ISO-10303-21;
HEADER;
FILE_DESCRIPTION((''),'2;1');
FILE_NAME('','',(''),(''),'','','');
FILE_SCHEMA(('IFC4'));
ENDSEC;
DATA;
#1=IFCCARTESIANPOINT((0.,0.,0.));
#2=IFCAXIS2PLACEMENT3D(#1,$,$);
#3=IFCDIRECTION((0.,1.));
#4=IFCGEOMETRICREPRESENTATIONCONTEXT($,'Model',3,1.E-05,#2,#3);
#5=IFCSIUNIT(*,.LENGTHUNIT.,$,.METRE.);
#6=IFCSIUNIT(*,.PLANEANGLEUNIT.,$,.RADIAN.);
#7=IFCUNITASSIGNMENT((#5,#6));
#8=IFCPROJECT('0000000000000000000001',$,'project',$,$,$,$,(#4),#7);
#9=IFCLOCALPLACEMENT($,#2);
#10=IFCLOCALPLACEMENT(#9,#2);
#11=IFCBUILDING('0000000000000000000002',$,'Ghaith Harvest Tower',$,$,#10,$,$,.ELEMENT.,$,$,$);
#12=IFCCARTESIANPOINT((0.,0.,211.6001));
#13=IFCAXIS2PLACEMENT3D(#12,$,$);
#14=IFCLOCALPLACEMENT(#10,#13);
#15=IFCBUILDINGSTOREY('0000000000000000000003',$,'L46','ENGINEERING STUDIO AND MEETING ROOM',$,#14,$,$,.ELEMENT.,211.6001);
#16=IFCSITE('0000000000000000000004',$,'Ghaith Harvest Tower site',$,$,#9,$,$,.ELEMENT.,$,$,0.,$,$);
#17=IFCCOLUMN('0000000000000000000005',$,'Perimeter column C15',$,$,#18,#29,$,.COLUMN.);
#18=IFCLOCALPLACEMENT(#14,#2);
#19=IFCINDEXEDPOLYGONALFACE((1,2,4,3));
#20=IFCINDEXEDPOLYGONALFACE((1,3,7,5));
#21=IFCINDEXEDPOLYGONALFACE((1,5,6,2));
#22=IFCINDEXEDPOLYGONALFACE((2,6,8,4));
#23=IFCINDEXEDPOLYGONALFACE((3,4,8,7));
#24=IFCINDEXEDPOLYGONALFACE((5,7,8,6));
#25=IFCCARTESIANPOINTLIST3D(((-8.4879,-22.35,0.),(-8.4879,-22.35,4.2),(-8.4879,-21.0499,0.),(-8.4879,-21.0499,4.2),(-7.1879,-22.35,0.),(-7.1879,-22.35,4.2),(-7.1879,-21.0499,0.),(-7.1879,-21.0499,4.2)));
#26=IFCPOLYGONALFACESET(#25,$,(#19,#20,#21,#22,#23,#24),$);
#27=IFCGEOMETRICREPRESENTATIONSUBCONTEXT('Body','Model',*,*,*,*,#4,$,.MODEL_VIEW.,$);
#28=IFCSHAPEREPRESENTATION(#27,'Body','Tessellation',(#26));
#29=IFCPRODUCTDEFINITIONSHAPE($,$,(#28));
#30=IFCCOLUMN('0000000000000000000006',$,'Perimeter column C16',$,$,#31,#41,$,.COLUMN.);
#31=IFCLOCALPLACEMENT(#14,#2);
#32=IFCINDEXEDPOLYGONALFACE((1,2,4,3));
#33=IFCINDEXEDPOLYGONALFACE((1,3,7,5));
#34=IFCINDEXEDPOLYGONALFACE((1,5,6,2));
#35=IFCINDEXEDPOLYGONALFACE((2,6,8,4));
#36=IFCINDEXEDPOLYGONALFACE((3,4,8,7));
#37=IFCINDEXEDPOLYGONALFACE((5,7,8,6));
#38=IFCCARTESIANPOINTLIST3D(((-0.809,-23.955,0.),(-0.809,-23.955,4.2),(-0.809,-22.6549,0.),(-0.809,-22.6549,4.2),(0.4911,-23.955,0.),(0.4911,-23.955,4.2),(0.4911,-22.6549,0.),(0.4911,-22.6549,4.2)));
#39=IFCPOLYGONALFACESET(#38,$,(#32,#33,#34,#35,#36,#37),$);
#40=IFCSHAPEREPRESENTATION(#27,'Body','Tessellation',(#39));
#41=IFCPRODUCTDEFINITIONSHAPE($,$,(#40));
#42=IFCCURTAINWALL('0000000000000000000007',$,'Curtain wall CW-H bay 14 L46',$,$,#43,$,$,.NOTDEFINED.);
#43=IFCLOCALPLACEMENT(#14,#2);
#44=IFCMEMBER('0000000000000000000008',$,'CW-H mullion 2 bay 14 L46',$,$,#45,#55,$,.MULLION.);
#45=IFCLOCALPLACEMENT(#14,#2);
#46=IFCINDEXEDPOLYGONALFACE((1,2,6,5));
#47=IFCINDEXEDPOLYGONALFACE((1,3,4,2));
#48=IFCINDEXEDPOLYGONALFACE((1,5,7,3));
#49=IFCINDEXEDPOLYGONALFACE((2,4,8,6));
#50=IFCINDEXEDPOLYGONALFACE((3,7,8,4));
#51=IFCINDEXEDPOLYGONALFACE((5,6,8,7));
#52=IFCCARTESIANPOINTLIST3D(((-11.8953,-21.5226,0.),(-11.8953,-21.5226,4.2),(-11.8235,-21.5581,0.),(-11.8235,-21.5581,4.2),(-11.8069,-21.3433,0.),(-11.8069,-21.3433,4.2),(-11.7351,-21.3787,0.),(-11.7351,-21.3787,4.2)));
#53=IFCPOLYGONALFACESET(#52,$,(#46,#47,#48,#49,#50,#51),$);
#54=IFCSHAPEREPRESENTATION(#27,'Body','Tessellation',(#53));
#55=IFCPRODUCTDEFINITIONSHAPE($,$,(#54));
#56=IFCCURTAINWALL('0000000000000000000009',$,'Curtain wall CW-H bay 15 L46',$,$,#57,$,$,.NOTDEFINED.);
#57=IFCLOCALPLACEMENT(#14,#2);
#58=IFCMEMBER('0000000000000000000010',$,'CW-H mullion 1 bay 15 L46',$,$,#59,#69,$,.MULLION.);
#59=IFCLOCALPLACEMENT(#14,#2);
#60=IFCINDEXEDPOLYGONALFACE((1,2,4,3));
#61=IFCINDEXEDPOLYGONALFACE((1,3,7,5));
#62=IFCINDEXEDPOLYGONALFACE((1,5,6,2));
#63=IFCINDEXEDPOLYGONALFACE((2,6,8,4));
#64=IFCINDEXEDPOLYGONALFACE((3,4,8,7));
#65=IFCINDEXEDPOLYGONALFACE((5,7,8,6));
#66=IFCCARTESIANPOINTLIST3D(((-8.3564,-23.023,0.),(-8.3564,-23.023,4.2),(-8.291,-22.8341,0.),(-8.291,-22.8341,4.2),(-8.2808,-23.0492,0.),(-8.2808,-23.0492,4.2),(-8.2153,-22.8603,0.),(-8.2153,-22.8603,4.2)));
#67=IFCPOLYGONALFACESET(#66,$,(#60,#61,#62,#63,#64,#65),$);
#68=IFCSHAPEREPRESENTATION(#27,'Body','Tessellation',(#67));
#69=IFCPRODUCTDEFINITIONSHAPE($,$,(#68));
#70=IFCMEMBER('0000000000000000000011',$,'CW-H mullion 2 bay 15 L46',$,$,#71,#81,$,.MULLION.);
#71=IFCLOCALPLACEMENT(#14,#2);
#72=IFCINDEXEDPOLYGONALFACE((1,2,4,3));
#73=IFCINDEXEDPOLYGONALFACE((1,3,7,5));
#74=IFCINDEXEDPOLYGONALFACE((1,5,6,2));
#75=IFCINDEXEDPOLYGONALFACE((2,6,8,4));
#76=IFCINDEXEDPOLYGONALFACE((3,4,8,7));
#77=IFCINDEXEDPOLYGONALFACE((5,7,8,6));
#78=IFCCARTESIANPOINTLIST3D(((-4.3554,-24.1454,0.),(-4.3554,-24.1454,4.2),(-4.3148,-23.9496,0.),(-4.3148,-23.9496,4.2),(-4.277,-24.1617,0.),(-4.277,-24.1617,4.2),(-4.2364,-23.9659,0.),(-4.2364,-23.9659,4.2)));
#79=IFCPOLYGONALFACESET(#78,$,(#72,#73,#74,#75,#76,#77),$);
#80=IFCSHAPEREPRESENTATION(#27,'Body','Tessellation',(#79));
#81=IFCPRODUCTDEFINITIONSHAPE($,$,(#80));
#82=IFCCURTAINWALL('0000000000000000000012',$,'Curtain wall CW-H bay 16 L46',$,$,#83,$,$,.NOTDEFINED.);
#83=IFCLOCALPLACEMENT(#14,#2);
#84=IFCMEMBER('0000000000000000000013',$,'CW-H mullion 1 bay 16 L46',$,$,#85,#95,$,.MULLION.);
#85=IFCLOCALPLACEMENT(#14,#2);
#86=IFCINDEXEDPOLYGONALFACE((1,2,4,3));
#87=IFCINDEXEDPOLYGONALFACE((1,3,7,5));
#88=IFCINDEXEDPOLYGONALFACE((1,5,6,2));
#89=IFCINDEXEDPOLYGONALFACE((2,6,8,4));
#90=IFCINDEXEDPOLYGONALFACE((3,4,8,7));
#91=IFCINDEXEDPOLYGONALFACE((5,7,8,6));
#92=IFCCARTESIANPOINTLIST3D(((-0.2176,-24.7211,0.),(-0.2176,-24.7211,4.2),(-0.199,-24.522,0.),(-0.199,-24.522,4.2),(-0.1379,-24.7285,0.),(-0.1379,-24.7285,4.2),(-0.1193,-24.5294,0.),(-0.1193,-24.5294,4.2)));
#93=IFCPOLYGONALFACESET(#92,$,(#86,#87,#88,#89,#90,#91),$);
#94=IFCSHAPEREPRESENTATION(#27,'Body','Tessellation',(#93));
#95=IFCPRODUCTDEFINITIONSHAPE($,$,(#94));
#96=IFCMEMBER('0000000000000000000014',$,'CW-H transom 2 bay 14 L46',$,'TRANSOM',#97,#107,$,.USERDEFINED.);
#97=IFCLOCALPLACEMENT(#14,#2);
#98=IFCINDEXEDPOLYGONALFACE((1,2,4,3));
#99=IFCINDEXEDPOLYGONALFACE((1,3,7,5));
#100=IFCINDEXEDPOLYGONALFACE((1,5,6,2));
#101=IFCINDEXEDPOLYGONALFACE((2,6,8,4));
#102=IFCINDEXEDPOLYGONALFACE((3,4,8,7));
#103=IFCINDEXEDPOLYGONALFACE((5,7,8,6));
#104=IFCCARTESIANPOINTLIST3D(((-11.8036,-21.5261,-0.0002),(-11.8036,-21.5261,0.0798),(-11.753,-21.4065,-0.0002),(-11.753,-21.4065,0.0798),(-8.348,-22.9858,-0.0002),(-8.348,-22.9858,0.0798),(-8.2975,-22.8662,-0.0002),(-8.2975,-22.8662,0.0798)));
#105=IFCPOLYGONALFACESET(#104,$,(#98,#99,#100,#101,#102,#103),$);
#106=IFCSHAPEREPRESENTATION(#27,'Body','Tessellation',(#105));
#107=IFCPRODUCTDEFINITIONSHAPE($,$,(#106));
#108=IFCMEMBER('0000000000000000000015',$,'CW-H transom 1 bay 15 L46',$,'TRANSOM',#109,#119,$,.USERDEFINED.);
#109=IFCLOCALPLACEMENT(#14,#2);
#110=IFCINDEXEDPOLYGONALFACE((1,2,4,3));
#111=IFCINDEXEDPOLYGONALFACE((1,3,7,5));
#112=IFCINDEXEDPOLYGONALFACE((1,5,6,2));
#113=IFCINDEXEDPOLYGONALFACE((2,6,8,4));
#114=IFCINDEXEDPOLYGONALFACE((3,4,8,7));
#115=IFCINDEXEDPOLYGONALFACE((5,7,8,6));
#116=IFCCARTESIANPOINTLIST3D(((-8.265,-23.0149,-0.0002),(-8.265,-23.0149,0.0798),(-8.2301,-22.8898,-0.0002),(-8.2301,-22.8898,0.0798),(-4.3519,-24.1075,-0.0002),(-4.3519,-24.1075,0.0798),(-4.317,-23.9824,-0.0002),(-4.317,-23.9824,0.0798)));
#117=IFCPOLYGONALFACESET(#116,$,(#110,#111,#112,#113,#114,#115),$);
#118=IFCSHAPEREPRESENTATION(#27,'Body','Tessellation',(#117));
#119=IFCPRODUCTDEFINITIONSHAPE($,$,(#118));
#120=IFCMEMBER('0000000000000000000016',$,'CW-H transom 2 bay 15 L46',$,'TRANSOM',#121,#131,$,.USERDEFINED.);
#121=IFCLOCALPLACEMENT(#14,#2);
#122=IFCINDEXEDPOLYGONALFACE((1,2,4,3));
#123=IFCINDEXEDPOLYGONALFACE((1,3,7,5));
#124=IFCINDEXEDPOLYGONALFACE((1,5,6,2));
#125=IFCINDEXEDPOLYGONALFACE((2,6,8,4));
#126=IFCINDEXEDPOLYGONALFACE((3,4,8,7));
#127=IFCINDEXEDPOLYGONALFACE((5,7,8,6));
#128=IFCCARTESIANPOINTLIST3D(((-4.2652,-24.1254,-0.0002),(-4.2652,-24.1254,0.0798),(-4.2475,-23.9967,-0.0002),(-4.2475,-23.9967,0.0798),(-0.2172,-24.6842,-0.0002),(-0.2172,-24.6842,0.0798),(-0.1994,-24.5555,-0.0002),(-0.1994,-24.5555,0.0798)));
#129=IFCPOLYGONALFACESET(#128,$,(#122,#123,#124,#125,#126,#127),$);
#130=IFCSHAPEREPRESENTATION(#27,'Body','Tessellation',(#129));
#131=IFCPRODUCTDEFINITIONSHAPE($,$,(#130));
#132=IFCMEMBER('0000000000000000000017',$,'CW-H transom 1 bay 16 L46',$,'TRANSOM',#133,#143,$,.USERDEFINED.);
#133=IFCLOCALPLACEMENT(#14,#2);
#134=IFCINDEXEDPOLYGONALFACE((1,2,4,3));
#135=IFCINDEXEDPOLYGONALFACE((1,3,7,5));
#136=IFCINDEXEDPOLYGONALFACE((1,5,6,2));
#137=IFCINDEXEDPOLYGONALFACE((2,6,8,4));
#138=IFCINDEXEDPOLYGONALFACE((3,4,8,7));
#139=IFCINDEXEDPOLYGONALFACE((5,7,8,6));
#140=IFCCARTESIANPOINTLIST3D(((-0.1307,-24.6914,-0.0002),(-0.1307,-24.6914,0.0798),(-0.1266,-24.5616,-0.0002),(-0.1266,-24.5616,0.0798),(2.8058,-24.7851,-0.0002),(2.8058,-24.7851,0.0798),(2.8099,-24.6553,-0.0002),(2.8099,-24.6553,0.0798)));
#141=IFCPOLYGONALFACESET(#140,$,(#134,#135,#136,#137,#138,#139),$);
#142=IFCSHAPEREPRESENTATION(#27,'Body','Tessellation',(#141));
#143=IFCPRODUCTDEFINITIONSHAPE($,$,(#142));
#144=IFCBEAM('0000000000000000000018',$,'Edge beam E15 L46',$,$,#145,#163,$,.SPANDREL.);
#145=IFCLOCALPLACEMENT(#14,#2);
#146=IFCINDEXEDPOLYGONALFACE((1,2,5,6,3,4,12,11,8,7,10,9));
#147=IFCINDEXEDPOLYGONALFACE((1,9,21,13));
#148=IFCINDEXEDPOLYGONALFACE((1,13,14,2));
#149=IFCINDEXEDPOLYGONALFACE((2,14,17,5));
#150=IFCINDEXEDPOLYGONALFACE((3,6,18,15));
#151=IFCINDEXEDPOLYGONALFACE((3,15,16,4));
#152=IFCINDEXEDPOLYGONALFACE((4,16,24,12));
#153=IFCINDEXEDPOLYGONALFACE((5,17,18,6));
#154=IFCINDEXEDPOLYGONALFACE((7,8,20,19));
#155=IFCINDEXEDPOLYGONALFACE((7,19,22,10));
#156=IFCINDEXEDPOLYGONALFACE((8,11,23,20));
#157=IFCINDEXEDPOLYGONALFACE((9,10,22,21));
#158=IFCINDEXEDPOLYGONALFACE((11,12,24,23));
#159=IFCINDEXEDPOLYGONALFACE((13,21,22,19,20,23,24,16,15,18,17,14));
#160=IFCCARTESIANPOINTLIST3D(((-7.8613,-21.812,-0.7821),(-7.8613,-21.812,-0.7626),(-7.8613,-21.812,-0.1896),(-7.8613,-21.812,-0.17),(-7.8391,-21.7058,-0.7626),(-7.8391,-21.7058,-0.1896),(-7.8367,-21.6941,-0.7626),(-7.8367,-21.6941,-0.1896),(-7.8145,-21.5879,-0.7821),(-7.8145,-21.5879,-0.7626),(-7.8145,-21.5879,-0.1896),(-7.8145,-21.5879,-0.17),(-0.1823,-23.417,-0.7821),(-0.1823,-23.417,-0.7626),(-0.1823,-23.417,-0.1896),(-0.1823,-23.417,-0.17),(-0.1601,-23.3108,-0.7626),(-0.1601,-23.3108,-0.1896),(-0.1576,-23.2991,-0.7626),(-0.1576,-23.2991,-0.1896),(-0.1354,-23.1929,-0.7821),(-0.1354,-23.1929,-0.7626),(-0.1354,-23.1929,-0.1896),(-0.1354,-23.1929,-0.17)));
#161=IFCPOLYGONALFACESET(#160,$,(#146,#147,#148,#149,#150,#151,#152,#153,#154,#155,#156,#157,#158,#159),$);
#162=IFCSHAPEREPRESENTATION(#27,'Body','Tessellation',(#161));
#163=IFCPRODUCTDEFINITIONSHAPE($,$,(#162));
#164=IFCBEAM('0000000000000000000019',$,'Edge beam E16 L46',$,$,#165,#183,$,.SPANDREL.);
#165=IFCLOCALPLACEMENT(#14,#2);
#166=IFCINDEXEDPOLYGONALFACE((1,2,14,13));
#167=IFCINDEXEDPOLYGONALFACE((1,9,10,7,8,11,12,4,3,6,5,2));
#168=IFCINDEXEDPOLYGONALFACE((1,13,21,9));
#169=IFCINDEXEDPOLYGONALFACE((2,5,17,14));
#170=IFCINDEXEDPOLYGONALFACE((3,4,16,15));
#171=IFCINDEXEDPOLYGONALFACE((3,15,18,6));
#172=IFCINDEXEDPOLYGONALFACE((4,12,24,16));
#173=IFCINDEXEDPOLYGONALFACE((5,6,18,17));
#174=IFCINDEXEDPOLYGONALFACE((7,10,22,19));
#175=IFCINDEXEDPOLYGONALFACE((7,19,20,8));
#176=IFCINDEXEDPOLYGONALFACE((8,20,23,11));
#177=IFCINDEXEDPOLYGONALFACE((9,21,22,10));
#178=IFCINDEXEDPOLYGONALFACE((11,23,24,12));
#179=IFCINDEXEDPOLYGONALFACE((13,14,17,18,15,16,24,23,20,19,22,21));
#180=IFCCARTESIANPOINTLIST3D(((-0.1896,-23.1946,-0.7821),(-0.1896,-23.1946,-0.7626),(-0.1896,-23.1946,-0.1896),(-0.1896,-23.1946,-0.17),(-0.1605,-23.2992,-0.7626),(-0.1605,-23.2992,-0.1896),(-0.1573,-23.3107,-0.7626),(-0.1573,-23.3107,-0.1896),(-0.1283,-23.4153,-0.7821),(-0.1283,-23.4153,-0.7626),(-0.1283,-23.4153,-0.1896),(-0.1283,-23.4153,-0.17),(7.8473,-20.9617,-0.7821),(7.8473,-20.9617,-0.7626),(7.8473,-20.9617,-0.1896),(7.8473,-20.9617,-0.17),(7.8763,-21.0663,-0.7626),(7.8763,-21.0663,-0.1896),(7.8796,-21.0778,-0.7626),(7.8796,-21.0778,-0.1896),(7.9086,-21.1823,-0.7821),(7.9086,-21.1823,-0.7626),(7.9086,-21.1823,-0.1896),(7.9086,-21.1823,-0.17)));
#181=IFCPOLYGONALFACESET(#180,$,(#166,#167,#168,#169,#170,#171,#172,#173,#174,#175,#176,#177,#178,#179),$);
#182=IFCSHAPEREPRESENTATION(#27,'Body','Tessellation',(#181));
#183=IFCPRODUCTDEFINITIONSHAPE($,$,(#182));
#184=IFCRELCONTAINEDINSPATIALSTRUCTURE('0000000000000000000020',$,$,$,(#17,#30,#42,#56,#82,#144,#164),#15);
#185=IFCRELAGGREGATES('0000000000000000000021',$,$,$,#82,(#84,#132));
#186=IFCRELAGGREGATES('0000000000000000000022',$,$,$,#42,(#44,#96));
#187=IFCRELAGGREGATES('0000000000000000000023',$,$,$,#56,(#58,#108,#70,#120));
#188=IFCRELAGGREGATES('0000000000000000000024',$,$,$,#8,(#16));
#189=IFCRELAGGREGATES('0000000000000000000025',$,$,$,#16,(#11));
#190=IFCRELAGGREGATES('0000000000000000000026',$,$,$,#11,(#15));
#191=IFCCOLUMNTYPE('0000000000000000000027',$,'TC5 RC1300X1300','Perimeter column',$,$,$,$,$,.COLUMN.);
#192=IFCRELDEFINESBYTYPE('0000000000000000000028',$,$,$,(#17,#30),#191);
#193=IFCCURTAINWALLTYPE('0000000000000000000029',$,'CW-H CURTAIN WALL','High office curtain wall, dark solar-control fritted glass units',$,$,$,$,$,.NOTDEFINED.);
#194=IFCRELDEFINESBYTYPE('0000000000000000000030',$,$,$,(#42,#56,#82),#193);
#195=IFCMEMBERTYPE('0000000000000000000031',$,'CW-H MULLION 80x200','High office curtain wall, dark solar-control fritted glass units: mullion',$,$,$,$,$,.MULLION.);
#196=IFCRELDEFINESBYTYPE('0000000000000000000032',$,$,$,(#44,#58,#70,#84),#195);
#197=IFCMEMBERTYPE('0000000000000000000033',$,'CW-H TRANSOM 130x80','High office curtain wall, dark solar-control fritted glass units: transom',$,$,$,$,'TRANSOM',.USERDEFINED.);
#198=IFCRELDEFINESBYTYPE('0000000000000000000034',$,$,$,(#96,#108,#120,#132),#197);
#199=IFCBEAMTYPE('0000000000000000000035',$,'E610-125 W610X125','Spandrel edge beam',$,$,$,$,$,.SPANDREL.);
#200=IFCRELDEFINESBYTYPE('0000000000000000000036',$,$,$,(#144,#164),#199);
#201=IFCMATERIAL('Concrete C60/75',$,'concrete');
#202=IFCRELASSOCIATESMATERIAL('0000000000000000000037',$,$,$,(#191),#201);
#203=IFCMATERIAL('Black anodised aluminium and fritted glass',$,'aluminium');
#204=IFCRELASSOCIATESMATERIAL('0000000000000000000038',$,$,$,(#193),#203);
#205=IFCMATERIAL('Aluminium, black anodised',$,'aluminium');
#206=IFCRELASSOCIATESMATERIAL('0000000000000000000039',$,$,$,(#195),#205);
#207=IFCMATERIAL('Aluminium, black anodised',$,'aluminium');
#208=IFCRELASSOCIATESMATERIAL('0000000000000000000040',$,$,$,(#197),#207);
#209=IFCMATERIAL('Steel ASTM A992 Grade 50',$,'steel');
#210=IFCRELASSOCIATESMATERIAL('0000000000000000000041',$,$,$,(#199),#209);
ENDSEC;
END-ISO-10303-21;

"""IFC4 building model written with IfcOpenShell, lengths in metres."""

from ifc_helpers import new_model, si_unit, direction, frame, origin, origin_2d, place, context, subcontext, project, spatial, rectangle, i_section, extrude, material, material_profile, profile_set, type_object, element, aggregate, save


model = new_model("IFC4")

# Units and contexts
model_context = context("Model", 3, precision=1e-05, world=origin(), true_north=direction((0.0, 1.0)))
body_context = subcontext(model_context, "Body", "Model", "MODEL_VIEW")
ifc_project = project(units=[si_unit("LENGTHUNIT", "METRE"), si_unit("PLANEANGLEUNIT", "RADIAN")], contexts=[model_context])

# Site, building, storey
site_placement = place(None, origin())
site = spatial("IfcSite", under=ifc_project, at=site_placement, Name="Ghaith Harvest Tower site", CompositionType="ELEMENT", RefElevation=0.0)
building_placement = place(site_placement, origin())
building = spatial("IfcBuilding", under=site, at=building_placement, Name="Ghaith Harvest Tower", CompositionType="ELEMENT")
storey_placement = place(building_placement, frame((0.0, 0.0, 211.6001)))
storey = spatial("IfcBuildingStorey", under=building, at=storey_placement, Name="L46", Description="ENGINEERING STUDIO AND MEETING ROOM", CompositionType="ELEMENT", Elevation=211.6001)

# Columns
ifc_material_1 = material(Name="Concrete C60/75", Category="concrete")
ifc_material_profile_1 = material_profile(ifc_material_1, rectangle(XDim=1.3, YDim=1.3, at=origin_2d()), Name="RC1300X1300")
ifc_profile_set_1 = profile_set([ifc_material_profile_1], Name="Concrete C60/75")
column_type = type_object("IfcColumnType", Name="TC5 RC1300X1300", Description="Perimeter column", PredefinedType="COLUMN", material=ifc_profile_set_1)
for number, where, z_axis, x_axis, name in (
    (1, (-7.8379, -21.7, 0.0), (0.0, 0.0, 1.0), (1.0, 0.0, 0.0), "Perimeter column C15"),
    (2, (-0.1589, -23.3049, 0.0), (0.0, 0.0, 1.0), (1.0, 0.0, 0.0), "Perimeter column C16"),
):
    element("IfcColumn", number, at=place(storey_placement, frame(where, z_axis=z_axis, x_axis=x_axis)), inside=storey, type_object=column_type, Name=name, PredefinedType="COLUMN", context=body_context, shape_type="SweptSolid", body=[
        extrude(rectangle(XDim=1.3, YDim=1.3, at=origin_2d()), origin(), (0.0, 0.0, 1.0), 4.2),
    ])

# Curtain wall, member
ifc_material_2 = material(Name="Black anodised aluminium and fritted glass", Category="aluminium")
curtain_wall_type = type_object("IfcCurtainWallType", Name="CW-H CURTAIN WALL", Description="High office curtain wall, dark solar-control fritted glass units", PredefinedType="NOTDEFINED", material=ifc_material_2)
curtain_wall_1_placement = place(storey_placement, origin())
curtain_wall_1 = element("IfcCurtainWall", 3, at=curtain_wall_1_placement, inside=storey, type_object=curtain_wall_type, Name="Curtain wall CW-H bay 14 L46", PredefinedType="NOTDEFINED")
ifc_material_3 = material(Name="Aluminium, black anodised", Category="aluminium")
ifc_material_profile_2 = material_profile(ifc_material_3, rectangle(XDim=0.0801, YDim=0.2, at=origin_2d()), Name="CW-H MULLION 80x200")
ifc_profile_set_2 = profile_set([ifc_material_profile_2], Name="Aluminium, black anodised")
member_type_1 = type_object("IfcMemberType", Name="CW-H MULLION 80x200", Description="High office curtain wall, dark solar-control fritted glass units: mullion", PredefinedType="MULLION", material=ifc_profile_set_2)
member_1_placement = place(storey_placement, frame((-11.8152, -21.4507, 0.0), z_axis=(0.0, 0.0, 1.0), x_axis=(0.896853, -0.442329, 0.0)))
member_1 = element("IfcMember", 4, at=member_1_placement, type_object=member_type_1, Name="CW-H mullion 2 bay 14 L46", PredefinedType="MULLION", context=body_context, shape_type="SweptSolid", body=[
    extrude(rectangle(XDim=0.0801, YDim=0.2, at=origin_2d()), origin(), (0.0, 0.0, 1.0), 4.2),
])

# Curtain wall, members
curtain_wall_2_placement = place(storey_placement, origin())
curtain_wall_2 = element("IfcCurtainWall", 5, at=curtain_wall_2_placement, inside=storey, type_object=curtain_wall_type, Name="Curtain wall CW-H bay 15 L46", PredefinedType="NOTDEFINED")
member_2_placement = place(storey_placement, frame((-8.2859, -22.9417, 0.0), z_axis=(0.0, 0.0, 1.0), x_axis=(0.944906, -0.327342, 0.0)))
member_2 = element("IfcMember", 6, at=member_2_placement, type_object=member_type_1, Name="CW-H mullion 1 bay 15 L46", PredefinedType="MULLION", context=body_context, shape_type="SweptSolid", body=[
    extrude(rectangle(XDim=0.0801, YDim=0.2, at=origin_2d()), origin(), (0.0, 0.0, 1.0), 4.2),
])
member_3_placement = place(storey_placement, frame((-4.2959, -24.0557, 0.0), z_axis=(0.0, 0.0, 1.0), x_axis=(0.979161, -0.203084, 0.0)))
member_3 = element("IfcMember", 7, at=member_3_placement, type_object=member_type_1, Name="CW-H mullion 2 bay 15 L46", PredefinedType="MULLION", context=body_context, shape_type="SweptSolid", body=[
    extrude(rectangle(XDim=0.0801, YDim=0.2, at=origin_2d()), origin(), (0.0, 0.0, 1.0), 4.2),
])

# Curtain wall, member
curtain_wall_3_placement = place(storey_placement, origin())
curtain_wall_3 = element("IfcCurtainWall", 8, at=curtain_wall_3_placement, inside=storey, type_object=curtain_wall_type, Name="Curtain wall CW-H bay 16 L46", PredefinedType="NOTDEFINED")
member_4_placement = place(storey_placement, frame((-0.1685, -24.6252, 0.0), z_axis=(0.0, 0.0, 1.0), x_axis=(0.995685, -0.092802, 0.0)))
member_4 = element("IfcMember", 9, at=member_4_placement, type_object=member_type_1, Name="CW-H mullion 1 bay 16 L46", PredefinedType="MULLION", context=body_context, shape_type="SweptSolid", body=[
    extrude(rectangle(XDim=0.0801, YDim=0.2, at=origin_2d()), origin(), (0.0, 0.0, 1.0), 4.2),
])

# Members
ifc_material_4 = material(Name="Aluminium, black anodised", Category="aluminium")
ifc_material_profile_3 = material_profile(ifc_material_4, rectangle(XDim=0.1299, YDim=0.0801, at=origin_2d()), Name="CW-H TRANSOM 130x80")
ifc_profile_set_3 = profile_set([ifc_material_profile_3], Name="Aluminium, black anodised")
member_type_2 = type_object("IfcMemberType", Name="CW-H TRANSOM 130x80", Description="High office curtain wall, dark solar-control fritted glass units: transom", ElementType="TRANSOM", PredefinedType="USERDEFINED", material=ifc_profile_set_3)
member_5_placement = place(storey_placement, frame((-11.7783, -21.4663, 0.0398), z_axis=(0.921183, -0.38913, 0.0), x_axis=(0.38913, 0.921183, 0.0)))
member_5 = element("IfcMember", 10, at=member_5_placement, type_object=member_type_2, Name="CW-H transom 2 bay 14 L46", ObjectType="TRANSOM", PredefinedType="USERDEFINED", context=body_context, shape_type="SweptSolid", body=[
    extrude(rectangle(XDim=0.1299, YDim=0.0801, at=origin_2d()), origin(), (0.0, 0.0, 1.0), 3.7512),
])
member_6_placement = place(storey_placement, frame((-8.2476, -22.9524, 0.0398), z_axis=(0.963164, -0.268914, 0.0), x_axis=(0.268914, 0.963164, 0.0)))
member_6 = element("IfcMember", 11, at=member_6_placement, type_object=member_type_2, Name="CW-H transom 1 bay 15 L46", ObjectType="TRANSOM", PredefinedType="USERDEFINED", context=body_context, shape_type="SweptSolid", body=[
    extrude(rectangle(XDim=0.1299, YDim=0.0801, at=origin_2d()), origin(), (0.0, 0.0, 1.0), 4.0627),
])
member_7_placement = place(storey_placement, frame((-4.2563, -24.061, 0.0398), z_axis=(0.990605, -0.136753, 0.0), x_axis=(0.136753, 0.990605, 0.0)))
member_7 = element("IfcMember", 12, at=member_7_placement, type_object=member_type_2, Name="CW-H transom 2 bay 15 L46", ObjectType="TRANSOM", PredefinedType="USERDEFINED", context=body_context, shape_type="SweptSolid", body=[
    extrude(rectangle(XDim=0.1299, YDim=0.0801, at=origin_2d()), origin(), (0.0, 0.0, 1.0), 4.0864),
])
member_8_placement = place(storey_placement, frame((-0.1287, -24.6265, 0.0398), z_axis=(0.999491, -0.031909, 0.0), x_axis=(0.031909, 0.999491, 0.0)))
member_8 = element("IfcMember", 13, at=member_8_placement, type_object=member_type_2, Name="CW-H transom 1 bay 16 L46", ObjectType="TRANSOM", PredefinedType="USERDEFINED", context=body_context, shape_type="SweptSolid", body=[
    extrude(rectangle(XDim=0.1299, YDim=0.0801, at=origin_2d()), origin(), (0.0, 0.0, 1.0), 2.938),
])
aggregate(curtain_wall_3, [member_4, member_8])

# Beams
ifc_material_5 = material(Name="Steel ASTM A992 Grade 50", Category="steel")
ifc_material_profile_4 = material_profile(ifc_material_5, i_section(OverallWidth=0.229, OverallDepth=0.6121, WebThickness=0.012, FlangeThickness=0.0195, at=origin_2d()), Name="W610X125")
ifc_profile_set_4 = profile_set([ifc_material_profile_4], Name="Steel ASTM A992 Grade 50")
beam_type_1 = type_object("IfcBeamType", Name="E610-125 W610X125", Description="Spandrel edge beam", PredefinedType="SPANDREL", material=ifc_profile_set_4)
beam_1_placement = place(storey_placement, frame((-7.8379, -21.7, -0.4761), z_axis=(0.978848, -0.204589, 0.0), x_axis=(0.204589, 0.978848, 0.0)))
element("IfcBeam", 14, at=beam_1_placement, inside=storey, type_object=beam_type_1, Name="Edge beam E15 L46", PredefinedType="SPANDREL", context=body_context, shape_type="SweptSolid", body=[
    extrude(i_section(OverallWidth=0.229, OverallDepth=0.6121, WebThickness=0.012, FlangeThickness=0.0195, at=origin_2d()), origin(), (0.0, 0.0, 1.0), 7.845),
])
beam_2_placement = place(storey_placement, frame((-0.1589, -23.3049, -0.4761), z_axis=(0.963504, 0.267694, 0.0), x_axis=(-0.267694, 0.963504, 0.0)))
element("IfcBeam", 15, at=beam_2_placement, inside=storey, type_object=beam_type_1, Name="Edge beam E16 L46", PredefinedType="SPANDREL", context=body_context, shape_type="SweptSolid", body=[
    extrude(i_section(OverallWidth=0.229, OverallDepth=0.6121, WebThickness=0.012, FlangeThickness=0.0195, at=origin_2d()), origin(), (0.0, 0.0, 1.0), 8.3413),
])

aggregate(curtain_wall_1, [member_1, member_5])
aggregate(curtain_wall_2, [member_2, member_6, member_3, member_7])

save(model, "model.ifc")
